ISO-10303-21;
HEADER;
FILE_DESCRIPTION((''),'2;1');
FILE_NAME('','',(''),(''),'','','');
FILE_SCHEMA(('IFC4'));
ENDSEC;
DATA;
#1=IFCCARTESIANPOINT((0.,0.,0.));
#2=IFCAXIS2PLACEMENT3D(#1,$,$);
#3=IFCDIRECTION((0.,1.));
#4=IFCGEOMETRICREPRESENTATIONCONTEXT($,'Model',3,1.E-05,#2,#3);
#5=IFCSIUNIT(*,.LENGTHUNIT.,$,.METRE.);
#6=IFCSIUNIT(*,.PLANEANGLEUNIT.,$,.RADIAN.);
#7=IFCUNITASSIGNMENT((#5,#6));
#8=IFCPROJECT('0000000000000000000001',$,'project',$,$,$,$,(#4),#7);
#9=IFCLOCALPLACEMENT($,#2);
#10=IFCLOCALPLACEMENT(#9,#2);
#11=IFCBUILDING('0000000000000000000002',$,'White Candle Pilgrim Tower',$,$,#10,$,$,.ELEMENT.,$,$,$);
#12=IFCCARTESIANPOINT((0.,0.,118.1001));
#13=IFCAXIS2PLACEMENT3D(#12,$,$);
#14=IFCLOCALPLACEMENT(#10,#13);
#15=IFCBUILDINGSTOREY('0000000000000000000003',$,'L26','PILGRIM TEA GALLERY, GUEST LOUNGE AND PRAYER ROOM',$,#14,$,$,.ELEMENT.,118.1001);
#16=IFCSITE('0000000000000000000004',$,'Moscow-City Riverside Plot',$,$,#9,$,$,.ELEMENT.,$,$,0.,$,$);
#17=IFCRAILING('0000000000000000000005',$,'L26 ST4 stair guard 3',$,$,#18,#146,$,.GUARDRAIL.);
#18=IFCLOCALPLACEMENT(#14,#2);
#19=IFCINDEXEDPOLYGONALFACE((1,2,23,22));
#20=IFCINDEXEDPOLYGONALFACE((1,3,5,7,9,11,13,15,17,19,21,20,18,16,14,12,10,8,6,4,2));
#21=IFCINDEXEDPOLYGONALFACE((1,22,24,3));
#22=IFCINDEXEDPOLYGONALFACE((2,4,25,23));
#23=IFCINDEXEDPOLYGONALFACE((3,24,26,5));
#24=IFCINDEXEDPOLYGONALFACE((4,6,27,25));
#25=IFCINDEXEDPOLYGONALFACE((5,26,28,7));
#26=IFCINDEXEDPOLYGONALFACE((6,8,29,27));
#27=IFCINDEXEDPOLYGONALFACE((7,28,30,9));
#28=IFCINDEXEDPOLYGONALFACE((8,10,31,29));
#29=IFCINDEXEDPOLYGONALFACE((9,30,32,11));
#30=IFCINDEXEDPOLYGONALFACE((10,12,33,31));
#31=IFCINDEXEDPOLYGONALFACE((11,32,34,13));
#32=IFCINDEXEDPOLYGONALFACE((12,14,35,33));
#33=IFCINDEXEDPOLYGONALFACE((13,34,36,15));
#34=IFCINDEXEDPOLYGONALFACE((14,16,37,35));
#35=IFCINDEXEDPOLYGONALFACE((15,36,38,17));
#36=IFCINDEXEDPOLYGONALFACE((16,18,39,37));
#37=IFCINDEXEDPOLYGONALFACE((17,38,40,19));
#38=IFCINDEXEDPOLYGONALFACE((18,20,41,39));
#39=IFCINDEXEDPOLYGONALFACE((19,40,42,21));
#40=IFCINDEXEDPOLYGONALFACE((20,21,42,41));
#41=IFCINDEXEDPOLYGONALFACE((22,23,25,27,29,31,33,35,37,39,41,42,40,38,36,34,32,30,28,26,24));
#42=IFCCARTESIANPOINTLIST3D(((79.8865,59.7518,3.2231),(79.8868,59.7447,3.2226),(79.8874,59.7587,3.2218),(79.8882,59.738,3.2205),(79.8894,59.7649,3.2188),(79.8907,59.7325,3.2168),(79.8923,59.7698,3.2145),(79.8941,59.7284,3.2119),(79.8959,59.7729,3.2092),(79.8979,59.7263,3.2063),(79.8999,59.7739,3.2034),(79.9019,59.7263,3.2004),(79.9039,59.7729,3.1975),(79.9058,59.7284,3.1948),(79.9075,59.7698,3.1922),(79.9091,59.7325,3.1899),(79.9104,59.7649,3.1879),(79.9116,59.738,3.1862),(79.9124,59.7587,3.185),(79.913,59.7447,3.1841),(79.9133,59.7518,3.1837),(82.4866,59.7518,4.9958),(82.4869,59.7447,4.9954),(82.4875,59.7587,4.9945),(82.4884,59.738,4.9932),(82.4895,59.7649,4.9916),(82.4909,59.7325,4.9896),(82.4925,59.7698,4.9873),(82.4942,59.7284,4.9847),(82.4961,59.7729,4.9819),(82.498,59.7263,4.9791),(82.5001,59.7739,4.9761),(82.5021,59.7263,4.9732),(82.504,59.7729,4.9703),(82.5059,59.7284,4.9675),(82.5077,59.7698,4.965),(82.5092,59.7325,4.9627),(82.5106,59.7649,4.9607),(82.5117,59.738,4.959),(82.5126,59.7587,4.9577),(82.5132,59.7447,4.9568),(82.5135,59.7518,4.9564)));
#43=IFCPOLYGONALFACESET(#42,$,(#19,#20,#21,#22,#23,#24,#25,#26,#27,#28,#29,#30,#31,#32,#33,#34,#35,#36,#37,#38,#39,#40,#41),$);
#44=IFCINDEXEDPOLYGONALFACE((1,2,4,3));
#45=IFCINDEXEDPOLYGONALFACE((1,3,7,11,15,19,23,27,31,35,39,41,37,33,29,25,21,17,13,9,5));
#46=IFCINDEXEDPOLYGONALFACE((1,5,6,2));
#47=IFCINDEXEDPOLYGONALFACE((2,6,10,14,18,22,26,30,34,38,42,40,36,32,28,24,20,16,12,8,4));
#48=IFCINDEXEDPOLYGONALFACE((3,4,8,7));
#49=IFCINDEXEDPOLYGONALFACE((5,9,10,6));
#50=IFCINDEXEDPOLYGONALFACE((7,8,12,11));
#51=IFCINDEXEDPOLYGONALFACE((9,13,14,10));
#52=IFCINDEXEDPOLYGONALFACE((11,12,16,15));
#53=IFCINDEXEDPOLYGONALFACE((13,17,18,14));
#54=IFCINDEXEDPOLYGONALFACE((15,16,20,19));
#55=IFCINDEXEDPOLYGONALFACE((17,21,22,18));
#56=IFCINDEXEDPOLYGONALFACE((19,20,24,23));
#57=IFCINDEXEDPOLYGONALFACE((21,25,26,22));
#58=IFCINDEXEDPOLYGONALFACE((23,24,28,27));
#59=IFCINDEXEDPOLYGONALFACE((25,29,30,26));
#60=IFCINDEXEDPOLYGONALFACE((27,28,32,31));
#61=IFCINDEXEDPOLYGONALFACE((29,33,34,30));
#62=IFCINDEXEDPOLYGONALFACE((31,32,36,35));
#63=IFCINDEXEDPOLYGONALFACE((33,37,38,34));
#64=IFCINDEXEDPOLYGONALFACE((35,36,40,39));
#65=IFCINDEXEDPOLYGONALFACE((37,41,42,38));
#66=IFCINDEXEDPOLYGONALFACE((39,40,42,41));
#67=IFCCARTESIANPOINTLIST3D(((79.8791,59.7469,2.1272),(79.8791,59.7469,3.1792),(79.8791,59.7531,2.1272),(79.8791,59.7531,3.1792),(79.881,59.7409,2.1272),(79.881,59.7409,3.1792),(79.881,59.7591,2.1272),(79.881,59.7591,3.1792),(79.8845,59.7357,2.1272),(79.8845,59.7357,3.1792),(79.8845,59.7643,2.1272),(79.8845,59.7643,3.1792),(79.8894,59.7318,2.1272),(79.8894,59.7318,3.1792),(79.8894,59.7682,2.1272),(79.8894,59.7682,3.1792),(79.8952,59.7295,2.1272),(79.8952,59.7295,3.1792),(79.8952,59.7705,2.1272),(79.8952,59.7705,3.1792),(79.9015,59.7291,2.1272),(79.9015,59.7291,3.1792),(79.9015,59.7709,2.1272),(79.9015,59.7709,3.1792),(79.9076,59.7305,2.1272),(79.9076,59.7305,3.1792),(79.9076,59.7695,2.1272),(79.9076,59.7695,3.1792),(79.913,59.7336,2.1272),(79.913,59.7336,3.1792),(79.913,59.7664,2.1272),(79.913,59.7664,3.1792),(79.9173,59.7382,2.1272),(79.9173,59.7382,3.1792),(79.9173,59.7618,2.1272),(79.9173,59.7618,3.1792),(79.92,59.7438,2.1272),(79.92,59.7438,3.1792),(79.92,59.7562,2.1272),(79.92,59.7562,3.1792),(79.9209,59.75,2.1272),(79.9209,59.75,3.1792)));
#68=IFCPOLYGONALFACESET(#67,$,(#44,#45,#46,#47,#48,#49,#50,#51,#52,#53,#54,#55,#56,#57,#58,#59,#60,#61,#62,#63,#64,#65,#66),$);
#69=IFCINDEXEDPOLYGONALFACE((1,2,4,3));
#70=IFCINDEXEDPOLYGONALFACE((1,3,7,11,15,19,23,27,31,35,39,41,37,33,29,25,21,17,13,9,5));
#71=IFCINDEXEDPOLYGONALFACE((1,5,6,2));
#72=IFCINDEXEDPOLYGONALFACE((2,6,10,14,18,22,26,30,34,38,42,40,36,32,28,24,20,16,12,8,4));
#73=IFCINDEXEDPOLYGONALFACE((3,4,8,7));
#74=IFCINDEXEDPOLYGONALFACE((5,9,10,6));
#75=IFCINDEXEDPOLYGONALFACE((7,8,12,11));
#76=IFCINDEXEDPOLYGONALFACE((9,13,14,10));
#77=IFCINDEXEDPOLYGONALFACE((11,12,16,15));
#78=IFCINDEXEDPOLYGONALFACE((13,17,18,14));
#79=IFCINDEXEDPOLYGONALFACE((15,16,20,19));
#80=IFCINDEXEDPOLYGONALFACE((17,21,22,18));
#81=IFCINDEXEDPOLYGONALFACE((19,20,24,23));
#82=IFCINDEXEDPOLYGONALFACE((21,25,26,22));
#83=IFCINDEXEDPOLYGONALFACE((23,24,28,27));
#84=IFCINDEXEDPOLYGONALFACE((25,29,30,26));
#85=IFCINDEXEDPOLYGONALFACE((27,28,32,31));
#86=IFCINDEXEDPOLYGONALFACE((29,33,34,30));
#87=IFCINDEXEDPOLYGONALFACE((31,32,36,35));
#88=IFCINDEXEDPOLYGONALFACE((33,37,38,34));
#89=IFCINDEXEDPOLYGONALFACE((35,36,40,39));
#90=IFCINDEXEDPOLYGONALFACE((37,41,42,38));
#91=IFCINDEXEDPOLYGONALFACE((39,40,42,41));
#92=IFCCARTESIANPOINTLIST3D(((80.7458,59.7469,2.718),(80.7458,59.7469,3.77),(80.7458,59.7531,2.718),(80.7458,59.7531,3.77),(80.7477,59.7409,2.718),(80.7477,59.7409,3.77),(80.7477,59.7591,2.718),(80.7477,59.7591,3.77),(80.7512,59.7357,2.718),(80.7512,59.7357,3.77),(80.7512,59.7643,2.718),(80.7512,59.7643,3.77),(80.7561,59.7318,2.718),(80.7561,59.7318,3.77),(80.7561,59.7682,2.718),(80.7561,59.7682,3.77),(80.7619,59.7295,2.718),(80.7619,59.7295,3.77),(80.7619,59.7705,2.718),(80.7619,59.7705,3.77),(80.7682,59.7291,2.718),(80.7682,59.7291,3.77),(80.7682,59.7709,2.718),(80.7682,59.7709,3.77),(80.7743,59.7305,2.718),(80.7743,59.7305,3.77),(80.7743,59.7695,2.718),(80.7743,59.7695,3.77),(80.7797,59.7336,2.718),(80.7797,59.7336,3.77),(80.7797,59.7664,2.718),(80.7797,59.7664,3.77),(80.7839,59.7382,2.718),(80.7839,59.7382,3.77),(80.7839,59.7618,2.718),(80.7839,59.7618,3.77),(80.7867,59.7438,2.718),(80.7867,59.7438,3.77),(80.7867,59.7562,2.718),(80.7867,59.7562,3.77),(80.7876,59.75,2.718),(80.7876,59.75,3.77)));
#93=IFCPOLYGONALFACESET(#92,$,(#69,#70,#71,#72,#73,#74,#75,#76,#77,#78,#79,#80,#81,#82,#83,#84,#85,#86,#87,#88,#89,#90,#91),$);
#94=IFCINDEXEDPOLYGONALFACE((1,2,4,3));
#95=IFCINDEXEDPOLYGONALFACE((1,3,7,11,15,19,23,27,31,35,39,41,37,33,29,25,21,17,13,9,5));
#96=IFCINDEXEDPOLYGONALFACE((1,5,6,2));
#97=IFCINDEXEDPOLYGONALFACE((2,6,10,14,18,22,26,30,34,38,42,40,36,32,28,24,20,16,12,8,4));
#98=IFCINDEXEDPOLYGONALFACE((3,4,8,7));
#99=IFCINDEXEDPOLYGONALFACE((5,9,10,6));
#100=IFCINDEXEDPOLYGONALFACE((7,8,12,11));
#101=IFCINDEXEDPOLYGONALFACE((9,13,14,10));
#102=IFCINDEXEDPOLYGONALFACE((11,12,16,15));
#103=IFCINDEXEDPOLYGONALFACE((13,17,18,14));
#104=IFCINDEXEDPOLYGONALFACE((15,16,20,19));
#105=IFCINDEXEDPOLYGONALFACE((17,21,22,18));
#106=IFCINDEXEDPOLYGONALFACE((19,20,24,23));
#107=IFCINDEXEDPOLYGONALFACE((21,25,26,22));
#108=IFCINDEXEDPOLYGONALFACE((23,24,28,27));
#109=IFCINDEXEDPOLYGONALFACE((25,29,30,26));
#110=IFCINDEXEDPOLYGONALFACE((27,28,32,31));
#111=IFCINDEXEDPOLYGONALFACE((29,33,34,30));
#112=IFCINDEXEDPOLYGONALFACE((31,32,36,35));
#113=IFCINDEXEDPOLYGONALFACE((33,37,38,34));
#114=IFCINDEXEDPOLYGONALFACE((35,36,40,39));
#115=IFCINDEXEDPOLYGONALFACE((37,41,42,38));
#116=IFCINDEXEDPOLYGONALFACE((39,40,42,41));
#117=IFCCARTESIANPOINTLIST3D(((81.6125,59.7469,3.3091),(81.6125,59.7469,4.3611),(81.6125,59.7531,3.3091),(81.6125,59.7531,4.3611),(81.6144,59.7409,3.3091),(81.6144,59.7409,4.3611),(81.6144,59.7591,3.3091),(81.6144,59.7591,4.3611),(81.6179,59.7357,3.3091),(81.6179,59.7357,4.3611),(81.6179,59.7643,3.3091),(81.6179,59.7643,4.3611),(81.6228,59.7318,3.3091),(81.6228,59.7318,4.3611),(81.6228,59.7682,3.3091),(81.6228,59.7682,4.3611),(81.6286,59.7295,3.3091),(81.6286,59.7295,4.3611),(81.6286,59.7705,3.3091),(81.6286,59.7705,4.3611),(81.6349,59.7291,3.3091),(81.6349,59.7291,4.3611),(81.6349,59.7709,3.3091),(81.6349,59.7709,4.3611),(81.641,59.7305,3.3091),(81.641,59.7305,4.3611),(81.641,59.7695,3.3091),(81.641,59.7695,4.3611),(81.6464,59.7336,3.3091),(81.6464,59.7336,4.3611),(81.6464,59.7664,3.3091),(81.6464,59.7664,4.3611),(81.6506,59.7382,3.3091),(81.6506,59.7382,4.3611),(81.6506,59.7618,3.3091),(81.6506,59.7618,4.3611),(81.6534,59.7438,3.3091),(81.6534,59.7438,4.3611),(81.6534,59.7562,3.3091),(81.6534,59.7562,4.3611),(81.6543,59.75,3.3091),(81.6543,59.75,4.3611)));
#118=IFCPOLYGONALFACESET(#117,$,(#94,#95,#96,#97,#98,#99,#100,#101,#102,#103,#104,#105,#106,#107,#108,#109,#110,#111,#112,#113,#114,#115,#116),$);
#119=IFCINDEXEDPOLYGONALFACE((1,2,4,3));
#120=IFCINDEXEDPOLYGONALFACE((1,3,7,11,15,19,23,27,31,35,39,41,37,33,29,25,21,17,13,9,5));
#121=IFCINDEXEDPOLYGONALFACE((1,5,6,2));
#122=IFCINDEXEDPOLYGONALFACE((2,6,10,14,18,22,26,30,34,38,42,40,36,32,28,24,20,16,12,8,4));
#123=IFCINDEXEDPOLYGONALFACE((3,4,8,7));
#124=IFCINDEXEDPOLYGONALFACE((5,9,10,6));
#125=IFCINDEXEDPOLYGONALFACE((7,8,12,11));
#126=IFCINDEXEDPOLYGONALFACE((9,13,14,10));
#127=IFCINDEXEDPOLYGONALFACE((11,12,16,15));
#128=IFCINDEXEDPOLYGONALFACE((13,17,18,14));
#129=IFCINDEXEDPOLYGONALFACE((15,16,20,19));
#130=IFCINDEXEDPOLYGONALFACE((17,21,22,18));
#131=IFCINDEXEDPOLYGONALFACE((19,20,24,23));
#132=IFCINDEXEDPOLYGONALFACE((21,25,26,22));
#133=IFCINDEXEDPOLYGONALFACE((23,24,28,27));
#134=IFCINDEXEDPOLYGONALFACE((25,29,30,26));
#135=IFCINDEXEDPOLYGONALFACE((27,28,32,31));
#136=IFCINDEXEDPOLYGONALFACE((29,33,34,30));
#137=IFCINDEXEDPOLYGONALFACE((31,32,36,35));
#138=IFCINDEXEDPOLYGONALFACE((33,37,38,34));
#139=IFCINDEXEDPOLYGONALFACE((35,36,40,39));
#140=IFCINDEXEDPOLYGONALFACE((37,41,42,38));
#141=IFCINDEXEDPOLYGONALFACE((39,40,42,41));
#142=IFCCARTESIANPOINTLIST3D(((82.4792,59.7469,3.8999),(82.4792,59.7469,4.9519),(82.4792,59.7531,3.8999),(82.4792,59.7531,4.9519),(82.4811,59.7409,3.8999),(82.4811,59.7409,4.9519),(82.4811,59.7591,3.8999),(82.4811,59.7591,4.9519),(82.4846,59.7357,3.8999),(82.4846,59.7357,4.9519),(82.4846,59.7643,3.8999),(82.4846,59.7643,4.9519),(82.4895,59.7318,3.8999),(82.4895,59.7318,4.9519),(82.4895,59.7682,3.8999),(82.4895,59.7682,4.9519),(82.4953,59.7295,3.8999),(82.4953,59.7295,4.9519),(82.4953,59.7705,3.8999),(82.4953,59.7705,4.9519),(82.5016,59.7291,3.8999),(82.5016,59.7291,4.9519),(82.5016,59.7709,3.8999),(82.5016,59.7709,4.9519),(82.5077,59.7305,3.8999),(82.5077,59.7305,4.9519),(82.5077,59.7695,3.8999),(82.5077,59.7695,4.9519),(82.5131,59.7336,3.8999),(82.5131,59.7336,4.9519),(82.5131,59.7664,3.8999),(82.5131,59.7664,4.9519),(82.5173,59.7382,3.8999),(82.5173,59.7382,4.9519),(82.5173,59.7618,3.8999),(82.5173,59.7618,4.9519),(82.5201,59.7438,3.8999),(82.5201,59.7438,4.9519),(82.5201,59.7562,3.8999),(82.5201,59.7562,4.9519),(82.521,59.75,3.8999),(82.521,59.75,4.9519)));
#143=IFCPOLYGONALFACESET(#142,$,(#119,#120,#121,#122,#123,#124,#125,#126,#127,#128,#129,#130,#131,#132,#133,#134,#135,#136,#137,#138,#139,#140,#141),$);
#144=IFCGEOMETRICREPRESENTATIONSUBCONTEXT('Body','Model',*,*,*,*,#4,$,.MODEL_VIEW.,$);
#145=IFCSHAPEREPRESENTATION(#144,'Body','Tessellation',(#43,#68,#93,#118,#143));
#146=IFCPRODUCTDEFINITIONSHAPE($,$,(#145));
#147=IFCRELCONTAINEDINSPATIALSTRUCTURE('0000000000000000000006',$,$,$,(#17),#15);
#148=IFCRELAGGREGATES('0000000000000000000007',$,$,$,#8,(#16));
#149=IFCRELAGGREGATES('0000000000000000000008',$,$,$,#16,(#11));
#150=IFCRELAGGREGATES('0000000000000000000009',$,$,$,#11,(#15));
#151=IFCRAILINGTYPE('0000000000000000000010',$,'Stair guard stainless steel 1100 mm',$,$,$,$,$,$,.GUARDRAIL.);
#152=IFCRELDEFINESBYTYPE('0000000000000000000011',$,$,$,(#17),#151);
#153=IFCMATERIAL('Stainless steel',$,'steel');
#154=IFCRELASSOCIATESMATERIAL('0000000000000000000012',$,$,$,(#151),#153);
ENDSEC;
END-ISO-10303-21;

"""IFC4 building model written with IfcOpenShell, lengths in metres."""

from ifc_helpers import new_model, si_unit, direction, frame, origin, origin_2d, place, context, subcontext, project, spatial, circle, extrude, material, type_object, element, save


model = new_model("IFC4")

# Units and contexts
model_context = context("Model", 3, precision=1e-05, world=origin(), true_north=direction((0.0, 1.0)))
body_context = subcontext(model_context, "Body", "Model", "MODEL_VIEW")
ifc_project = project(units=[si_unit("LENGTHUNIT", "METRE"), si_unit("PLANEANGLEUNIT", "RADIAN")], contexts=[model_context])

# Site, building, storey
site_placement = place(None, origin())
site = spatial("IfcSite", under=ifc_project, at=site_placement, Name="Moscow-City Riverside Plot", CompositionType="ELEMENT", RefElevation=0.0)
building_placement = place(site_placement, origin())
building = spatial("IfcBuilding", under=site, at=building_placement, Name="White Candle Pilgrim Tower", CompositionType="ELEMENT")
storey_placement = place(building_placement, frame((0.0, 0.0, 118.1001)))
storey = spatial("IfcBuildingStorey", under=building, at=storey_placement, Name="L26", Description="PILGRIM TEA GALLERY, GUEST LOUNGE AND PRAYER ROOM", CompositionType="ELEMENT", Elevation=118.1001)

# Railing
ifc_material_1 = material(Name="Stainless steel", Category="steel")
railing_type_1 = type_object("IfcRailingType", Name="Stair guard stainless steel 1100 mm", PredefinedType="GUARDRAIL", material=ifc_material_1)
railing_1_placement = place(storey_placement, frame((79.8999, 59.75, 2.1272)))
element("IfcRailing", 1, at=railing_1_placement, inside=storey, type_object=railing_type_1, Name="L26 ST4 stair guard 3", PredefinedType="GUARDRAIL", context=body_context, shape_type="SweptSolid", body=[
    extrude(circle(Radius=0.0239, at=origin_2d()), frame((0.0, 0.0, 1.0762), z_axis=(0.82624, 0.0, 0.563318), x_axis=(0.0, 1.0, 0.0)), (0.0, 0.0, 1.0), 3.147),
    extrude(circle(Radius=0.021, at=origin_2d()), origin(), (0.0, 0.0, 1.0), 1.052),
    extrude(circle(Radius=0.021, at=origin_2d()), frame((0.8667, 0.0, 0.5908)), (0.0, 0.0, 1.0), 1.052),
    extrude(circle(Radius=0.021, at=origin_2d()), frame((1.7334, 0.0, 1.1819)), (0.0, 0.0, 1.0), 1.052),
    extrude(circle(Radius=0.021, at=origin_2d()), frame((2.6001, 0.0, 1.7727)), (0.0, 0.0, 1.0), 1.052),
])

save(model, "model.ifc")
